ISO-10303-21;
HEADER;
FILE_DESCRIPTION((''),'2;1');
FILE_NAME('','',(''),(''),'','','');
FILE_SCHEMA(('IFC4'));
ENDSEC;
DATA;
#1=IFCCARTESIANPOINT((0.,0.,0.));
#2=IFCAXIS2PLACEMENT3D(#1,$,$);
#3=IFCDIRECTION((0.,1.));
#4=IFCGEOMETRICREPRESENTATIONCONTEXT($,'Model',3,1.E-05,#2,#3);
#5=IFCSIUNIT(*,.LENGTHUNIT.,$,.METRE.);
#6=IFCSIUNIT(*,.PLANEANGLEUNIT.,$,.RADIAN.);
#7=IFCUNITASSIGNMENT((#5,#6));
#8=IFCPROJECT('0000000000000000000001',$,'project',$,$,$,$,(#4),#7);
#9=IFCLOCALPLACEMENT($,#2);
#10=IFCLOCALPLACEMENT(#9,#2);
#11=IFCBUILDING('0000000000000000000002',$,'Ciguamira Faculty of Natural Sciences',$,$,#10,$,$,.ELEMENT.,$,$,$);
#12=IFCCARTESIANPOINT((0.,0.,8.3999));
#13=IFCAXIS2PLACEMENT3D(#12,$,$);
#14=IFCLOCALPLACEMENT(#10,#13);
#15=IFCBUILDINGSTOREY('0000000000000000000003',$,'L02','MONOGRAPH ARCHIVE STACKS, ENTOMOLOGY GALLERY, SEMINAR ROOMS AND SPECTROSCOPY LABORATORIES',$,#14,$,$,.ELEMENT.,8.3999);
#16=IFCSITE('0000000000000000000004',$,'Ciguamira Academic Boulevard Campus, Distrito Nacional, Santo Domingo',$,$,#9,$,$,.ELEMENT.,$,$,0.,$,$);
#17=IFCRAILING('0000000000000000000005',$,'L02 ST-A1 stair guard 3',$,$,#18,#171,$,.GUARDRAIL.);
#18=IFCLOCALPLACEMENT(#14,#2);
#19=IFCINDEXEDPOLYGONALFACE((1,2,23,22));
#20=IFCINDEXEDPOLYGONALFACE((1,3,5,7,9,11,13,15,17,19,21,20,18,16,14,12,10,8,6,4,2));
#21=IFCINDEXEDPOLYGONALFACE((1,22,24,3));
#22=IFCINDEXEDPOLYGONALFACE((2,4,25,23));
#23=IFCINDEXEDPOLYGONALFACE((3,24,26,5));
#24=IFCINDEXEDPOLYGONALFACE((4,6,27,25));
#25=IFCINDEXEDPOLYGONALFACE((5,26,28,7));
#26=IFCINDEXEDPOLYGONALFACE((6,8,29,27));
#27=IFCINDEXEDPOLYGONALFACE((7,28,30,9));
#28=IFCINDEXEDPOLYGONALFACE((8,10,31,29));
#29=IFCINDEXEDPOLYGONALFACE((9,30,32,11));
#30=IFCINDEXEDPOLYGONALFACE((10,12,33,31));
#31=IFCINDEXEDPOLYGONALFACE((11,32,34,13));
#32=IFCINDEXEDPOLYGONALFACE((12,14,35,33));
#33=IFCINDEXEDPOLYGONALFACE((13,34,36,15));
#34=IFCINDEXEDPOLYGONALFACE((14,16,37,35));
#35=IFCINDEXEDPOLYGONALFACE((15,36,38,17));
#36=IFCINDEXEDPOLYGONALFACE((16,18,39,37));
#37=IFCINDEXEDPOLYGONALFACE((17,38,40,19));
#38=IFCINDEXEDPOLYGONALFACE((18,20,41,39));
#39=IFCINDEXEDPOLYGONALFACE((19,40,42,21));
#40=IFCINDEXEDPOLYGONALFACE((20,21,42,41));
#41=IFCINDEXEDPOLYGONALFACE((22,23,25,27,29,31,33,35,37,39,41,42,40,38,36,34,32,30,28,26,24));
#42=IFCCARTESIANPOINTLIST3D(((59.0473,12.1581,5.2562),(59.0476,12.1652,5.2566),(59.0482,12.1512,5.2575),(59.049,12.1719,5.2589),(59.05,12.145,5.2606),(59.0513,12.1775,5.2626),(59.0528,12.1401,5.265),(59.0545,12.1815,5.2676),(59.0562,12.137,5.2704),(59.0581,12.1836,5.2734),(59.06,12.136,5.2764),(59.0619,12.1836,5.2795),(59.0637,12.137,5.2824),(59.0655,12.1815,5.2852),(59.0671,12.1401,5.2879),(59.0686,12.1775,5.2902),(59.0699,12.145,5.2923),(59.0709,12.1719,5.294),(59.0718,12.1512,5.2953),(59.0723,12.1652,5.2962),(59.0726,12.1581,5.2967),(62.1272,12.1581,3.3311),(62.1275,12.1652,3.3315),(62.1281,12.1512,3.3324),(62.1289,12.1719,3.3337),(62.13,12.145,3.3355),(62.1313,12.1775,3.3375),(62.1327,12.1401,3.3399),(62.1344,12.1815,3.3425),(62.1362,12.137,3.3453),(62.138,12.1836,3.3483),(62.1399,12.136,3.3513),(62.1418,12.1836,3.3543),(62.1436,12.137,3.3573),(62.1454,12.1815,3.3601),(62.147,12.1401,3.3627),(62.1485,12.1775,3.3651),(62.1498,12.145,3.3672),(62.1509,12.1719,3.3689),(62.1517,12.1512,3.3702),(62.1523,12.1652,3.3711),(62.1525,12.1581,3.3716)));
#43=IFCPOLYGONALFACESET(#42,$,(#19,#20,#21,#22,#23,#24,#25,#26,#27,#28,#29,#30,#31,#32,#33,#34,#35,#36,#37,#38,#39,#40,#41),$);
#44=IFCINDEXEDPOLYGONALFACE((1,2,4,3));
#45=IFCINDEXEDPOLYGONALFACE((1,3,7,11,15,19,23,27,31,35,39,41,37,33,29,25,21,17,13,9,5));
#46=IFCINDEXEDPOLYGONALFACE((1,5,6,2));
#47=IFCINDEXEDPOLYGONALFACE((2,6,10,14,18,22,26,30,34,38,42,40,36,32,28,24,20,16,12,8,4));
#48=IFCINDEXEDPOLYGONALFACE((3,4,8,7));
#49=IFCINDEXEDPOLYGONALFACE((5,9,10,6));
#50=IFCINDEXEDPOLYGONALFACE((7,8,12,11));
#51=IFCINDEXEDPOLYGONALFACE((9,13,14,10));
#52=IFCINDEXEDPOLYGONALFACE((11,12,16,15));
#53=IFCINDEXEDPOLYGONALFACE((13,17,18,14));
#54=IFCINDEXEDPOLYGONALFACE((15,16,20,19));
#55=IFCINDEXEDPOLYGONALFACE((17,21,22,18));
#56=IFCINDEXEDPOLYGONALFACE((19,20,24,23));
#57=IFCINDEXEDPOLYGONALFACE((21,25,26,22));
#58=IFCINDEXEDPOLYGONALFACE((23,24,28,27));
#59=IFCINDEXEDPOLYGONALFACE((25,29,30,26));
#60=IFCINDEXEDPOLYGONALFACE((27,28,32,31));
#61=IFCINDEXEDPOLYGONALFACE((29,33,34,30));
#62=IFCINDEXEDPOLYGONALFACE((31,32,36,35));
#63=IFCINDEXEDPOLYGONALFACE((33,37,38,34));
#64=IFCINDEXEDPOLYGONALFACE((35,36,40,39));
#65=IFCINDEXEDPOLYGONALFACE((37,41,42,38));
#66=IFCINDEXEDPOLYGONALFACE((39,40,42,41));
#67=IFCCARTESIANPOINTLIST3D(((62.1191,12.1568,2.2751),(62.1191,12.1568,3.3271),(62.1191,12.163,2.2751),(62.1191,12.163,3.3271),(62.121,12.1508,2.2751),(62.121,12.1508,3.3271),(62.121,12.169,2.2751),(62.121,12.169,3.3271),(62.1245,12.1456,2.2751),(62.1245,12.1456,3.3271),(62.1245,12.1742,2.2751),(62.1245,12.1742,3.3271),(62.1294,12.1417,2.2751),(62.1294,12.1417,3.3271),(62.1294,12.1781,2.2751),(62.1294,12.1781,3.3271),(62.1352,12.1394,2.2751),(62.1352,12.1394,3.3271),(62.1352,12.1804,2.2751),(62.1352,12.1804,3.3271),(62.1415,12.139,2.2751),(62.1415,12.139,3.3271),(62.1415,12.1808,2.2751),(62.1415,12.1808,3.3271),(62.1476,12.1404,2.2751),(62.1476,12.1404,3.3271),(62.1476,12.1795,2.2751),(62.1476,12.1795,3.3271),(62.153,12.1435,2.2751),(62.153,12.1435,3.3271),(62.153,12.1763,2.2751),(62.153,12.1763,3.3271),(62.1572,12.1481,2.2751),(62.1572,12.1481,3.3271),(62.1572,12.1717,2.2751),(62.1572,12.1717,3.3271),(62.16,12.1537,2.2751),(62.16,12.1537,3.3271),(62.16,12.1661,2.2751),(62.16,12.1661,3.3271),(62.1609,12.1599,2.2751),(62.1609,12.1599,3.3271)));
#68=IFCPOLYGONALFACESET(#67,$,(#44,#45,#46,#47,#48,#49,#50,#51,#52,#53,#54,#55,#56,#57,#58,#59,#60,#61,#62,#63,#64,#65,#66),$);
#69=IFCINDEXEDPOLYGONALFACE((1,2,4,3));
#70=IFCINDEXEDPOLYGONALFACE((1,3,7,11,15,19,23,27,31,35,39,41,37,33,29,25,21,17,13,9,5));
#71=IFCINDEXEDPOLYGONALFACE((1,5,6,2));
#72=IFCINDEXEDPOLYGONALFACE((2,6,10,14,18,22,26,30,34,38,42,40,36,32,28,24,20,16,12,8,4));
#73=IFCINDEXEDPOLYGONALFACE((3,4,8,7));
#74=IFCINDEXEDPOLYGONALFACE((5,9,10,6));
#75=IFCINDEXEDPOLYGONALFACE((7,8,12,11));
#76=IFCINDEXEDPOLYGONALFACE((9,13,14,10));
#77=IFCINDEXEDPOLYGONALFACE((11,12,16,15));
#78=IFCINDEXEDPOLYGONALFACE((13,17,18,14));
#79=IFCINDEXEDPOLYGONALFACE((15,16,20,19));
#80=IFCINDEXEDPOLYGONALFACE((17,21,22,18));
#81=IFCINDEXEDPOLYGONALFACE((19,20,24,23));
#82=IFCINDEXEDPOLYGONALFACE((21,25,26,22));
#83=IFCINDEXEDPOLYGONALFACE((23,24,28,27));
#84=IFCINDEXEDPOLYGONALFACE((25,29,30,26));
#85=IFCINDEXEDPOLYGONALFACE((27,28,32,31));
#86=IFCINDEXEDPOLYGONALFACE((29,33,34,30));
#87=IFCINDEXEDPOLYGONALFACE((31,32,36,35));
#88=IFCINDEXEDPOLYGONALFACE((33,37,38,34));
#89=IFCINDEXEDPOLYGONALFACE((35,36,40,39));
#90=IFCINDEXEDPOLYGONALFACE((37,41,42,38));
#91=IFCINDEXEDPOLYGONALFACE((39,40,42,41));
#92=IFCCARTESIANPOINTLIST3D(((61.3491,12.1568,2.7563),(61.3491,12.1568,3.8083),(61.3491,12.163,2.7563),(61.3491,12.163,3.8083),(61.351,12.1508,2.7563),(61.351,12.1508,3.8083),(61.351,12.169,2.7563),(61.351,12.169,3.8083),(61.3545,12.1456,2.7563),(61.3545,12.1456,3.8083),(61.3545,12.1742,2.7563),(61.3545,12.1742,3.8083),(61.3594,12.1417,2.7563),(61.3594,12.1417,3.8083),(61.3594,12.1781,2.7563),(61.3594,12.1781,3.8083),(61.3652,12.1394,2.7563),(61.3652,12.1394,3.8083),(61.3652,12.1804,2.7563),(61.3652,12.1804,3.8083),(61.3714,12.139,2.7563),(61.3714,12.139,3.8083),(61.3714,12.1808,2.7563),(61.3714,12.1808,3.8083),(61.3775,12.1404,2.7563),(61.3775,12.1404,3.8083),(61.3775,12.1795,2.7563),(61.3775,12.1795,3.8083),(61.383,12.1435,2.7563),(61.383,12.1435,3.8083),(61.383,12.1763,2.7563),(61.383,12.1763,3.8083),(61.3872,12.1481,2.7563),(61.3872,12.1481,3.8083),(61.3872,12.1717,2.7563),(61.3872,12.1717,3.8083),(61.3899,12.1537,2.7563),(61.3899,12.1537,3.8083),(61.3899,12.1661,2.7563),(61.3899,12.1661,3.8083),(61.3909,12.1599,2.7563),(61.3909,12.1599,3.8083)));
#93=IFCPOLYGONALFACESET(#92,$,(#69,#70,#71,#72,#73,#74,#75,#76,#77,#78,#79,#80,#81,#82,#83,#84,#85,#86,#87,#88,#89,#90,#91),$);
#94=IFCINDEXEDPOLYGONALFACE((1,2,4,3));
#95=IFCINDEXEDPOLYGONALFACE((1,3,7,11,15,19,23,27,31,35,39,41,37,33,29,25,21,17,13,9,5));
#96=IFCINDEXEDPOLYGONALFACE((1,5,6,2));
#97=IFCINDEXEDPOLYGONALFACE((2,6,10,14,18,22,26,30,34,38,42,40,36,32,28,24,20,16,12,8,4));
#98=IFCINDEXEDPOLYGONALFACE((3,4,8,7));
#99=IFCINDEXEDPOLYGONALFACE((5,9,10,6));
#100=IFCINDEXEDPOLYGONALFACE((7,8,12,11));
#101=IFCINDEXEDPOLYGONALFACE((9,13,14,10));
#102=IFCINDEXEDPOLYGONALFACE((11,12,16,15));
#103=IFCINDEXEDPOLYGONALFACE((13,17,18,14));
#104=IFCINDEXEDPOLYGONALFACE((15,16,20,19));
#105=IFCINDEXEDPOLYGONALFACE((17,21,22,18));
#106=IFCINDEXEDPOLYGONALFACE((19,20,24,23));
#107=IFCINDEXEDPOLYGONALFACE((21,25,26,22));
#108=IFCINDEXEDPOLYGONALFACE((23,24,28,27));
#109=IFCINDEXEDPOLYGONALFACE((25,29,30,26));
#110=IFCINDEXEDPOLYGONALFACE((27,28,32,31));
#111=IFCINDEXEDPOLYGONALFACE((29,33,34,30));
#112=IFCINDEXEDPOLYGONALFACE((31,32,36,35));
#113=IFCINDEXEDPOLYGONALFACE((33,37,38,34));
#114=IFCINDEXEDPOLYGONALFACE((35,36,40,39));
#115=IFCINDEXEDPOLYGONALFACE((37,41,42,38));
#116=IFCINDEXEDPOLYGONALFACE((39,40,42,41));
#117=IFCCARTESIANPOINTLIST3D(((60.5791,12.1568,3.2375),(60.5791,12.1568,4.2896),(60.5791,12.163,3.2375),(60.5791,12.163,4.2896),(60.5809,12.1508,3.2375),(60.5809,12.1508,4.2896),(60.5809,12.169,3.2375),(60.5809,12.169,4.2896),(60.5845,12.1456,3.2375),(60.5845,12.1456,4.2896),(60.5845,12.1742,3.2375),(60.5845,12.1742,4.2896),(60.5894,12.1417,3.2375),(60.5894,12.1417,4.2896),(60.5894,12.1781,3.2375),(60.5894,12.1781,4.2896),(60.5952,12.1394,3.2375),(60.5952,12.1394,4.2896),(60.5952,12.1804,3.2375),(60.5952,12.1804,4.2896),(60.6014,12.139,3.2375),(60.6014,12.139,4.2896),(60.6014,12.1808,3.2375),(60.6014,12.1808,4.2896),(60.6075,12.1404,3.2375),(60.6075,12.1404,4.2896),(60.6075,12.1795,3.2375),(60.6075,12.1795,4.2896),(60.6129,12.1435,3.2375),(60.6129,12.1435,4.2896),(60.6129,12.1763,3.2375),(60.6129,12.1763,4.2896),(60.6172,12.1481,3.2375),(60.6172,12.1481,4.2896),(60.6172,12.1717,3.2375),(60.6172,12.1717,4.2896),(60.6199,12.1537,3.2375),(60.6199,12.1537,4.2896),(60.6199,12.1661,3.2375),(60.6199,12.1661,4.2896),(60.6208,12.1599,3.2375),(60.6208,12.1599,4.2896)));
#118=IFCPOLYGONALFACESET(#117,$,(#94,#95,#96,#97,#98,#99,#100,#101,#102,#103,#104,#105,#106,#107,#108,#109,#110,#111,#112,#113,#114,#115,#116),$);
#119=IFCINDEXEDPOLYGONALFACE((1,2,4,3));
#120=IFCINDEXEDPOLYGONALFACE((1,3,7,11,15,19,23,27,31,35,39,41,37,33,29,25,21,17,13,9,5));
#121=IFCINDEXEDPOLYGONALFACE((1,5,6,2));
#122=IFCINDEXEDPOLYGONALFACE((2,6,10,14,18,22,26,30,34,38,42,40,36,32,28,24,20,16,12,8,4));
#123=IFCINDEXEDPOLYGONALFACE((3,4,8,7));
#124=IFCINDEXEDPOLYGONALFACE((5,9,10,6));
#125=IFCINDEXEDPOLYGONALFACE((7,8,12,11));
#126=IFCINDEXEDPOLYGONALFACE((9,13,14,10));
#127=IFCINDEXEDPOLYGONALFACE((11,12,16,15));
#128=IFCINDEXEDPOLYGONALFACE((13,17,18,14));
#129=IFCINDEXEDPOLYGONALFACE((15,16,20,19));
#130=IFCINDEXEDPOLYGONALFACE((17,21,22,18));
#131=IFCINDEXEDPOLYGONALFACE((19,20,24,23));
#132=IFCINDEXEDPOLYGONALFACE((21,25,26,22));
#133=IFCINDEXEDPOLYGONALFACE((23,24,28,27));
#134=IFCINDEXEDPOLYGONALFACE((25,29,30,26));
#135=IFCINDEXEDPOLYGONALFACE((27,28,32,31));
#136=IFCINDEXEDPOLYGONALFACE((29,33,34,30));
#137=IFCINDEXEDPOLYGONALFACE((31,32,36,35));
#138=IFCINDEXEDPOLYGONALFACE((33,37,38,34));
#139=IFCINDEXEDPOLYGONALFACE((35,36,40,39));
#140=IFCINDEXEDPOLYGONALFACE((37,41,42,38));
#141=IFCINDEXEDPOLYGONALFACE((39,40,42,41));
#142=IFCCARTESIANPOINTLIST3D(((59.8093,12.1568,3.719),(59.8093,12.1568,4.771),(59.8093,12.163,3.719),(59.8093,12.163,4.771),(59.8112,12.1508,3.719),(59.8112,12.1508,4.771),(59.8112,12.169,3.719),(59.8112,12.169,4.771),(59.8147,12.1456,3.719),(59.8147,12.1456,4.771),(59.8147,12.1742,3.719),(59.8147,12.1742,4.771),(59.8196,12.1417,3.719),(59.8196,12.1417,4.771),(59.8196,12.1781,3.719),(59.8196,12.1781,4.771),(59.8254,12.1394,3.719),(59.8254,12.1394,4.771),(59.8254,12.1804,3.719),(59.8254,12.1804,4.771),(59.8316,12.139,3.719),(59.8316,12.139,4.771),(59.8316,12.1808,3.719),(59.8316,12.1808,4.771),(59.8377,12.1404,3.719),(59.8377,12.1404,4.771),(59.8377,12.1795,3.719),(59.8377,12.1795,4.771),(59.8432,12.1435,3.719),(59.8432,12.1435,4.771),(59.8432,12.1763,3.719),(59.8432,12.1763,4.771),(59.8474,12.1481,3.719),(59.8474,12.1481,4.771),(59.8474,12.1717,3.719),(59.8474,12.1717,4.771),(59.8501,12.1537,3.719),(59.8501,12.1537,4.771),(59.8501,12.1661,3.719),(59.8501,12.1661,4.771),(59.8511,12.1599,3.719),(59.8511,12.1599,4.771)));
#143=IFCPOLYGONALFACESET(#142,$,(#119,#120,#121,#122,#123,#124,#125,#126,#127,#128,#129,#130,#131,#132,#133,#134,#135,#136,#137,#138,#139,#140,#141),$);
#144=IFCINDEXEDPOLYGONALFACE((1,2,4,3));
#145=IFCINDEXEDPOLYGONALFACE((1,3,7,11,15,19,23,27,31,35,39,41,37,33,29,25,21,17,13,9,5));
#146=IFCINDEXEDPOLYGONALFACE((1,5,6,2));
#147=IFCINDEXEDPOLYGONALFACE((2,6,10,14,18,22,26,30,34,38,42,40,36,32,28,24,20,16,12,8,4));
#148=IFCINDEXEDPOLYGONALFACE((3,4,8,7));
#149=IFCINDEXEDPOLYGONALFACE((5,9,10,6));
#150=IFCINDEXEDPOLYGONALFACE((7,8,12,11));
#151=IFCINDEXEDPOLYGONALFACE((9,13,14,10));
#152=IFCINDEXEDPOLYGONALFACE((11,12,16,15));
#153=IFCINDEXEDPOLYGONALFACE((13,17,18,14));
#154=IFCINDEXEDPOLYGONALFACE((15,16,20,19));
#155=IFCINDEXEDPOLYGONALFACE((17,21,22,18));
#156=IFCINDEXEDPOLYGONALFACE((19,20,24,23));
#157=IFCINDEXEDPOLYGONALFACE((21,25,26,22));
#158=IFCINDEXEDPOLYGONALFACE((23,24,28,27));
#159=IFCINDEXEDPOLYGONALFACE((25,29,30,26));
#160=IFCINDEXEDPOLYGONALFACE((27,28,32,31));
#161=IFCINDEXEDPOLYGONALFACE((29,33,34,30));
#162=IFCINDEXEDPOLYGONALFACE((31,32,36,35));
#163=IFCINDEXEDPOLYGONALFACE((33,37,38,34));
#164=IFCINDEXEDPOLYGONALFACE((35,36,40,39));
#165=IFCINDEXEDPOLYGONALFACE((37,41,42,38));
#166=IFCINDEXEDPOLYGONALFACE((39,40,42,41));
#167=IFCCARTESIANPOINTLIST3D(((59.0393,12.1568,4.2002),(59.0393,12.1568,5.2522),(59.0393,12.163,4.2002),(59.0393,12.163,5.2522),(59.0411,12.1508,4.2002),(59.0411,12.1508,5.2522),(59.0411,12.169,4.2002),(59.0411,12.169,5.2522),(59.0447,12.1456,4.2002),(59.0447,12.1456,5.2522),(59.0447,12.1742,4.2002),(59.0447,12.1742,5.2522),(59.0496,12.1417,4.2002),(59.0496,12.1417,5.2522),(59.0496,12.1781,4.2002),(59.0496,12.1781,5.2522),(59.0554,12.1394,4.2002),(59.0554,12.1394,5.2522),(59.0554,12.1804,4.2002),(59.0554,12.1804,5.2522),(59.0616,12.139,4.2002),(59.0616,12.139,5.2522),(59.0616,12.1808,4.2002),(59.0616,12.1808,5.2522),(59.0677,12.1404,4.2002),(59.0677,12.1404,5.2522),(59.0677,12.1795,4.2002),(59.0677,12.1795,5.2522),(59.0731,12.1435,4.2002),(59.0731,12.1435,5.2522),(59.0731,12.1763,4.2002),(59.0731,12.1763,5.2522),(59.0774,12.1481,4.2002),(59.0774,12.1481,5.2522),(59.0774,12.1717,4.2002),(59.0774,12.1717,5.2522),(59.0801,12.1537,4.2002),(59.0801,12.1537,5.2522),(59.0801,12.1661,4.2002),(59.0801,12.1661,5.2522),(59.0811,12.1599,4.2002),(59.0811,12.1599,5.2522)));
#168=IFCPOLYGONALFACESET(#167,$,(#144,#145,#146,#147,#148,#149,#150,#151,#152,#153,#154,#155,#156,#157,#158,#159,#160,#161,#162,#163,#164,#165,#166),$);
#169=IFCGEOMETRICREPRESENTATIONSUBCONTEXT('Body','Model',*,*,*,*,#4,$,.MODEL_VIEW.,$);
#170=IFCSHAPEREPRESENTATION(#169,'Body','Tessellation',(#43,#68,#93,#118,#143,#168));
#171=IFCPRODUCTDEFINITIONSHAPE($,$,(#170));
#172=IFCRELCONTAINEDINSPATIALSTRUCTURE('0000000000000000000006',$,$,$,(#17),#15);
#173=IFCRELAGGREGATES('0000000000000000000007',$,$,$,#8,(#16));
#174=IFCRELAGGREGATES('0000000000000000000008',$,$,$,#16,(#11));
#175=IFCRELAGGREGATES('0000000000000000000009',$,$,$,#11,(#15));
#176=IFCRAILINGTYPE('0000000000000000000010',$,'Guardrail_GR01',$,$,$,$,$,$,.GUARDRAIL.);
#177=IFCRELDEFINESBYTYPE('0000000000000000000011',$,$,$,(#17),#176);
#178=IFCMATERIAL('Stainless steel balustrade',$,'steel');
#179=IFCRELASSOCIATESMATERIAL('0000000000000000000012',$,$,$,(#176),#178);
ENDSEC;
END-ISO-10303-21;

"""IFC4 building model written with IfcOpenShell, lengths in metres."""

from ifc_helpers import new_model, si_unit, direction, frame, origin, origin_2d, place, context, subcontext, project, spatial, circle, extrude, material, type_object, element, save


model = new_model("IFC4")

# Units and contexts
model_context = context("Model", 3, precision=1e-05, world=origin(), true_north=direction((0.0, 1.0)))
body_context = subcontext(model_context, "Body", "Model", "MODEL_VIEW")
ifc_project = project(units=[si_unit("LENGTHUNIT", "METRE"), si_unit("PLANEANGLEUNIT", "RADIAN")], contexts=[model_context])

# Site, building, storey
site_placement = place(None, origin())
site = spatial("IfcSite", under=ifc_project, at=site_placement, Name="Ciguamira Academic Boulevard Campus, Distrito Nacional, Santo Domingo", CompositionType="ELEMENT", RefElevation=0.0)
building_placement = place(site_placement, origin())
building = spatial("IfcBuilding", under=site, at=building_placement, Name="Ciguamira Faculty of Natural Sciences", CompositionType="ELEMENT")
storey_placement = place(building_placement, frame((0.0, 0.0, 8.3999)))
storey = spatial("IfcBuildingStorey", under=building, at=storey_placement, Name="L02", Description="MONOGRAPH ARCHIVE STACKS, ENTOMOLOGY GALLERY, SEMINAR ROOMS AND SPECTROSCOPY LABORATORIES", CompositionType="ELEMENT", Elevation=8.3999)

# Railing
ifc_material_1 = material(Name="Stainless steel balustrade", Category="steel")
railing_type_1 = type_object("IfcRailingType", Name="Guardrail_GR01", PredefinedType="GUARDRAIL", material=ifc_material_1)
railing_1_placement = place(storey_placement, frame((62.1399, 12.1599, 2.2751)))
element("IfcRailing", 1, at=railing_1_placement, inside=storey, type_object=railing_type_1, Name="L02 ST-A1 stair guard 3", PredefinedType="GUARDRAIL", context=body_context, shape_type="SweptSolid", body=[
    extrude(circle(Radius=0.0239, at=origin_2d()), frame((0.0, 0.0, 1.0762), z_axis=(-0.847979, 0.0, 0.530029), x_axis=(0.0, -1.0, 0.0)), (0.0, 0.0, 1.0), 3.6321),
    extrude(circle(Radius=0.021, at=origin_2d()), origin(), (0.0, 0.0, 1.0), 1.052),
    extrude(circle(Radius=0.021, at=origin_2d()), frame((-0.77, 0.0, 0.4812)), (0.0, 0.0, 1.0), 1.052),
    extrude(circle(Radius=0.021, at=origin_2d()), frame((-1.54, 0.0, 0.9624)), (0.0, 0.0, 1.0), 1.052),
    extrude(circle(Radius=0.021, at=origin_2d()), frame((-2.3098, 0.0, 1.4438)), (0.0, 0.0, 1.0), 1.052),
    extrude(circle(Radius=0.021, at=origin_2d()), frame((-3.0798, 0.0, 1.925)), (0.0, 0.0, 1.0), 1.052),
])

save(model, "model.ifc")
